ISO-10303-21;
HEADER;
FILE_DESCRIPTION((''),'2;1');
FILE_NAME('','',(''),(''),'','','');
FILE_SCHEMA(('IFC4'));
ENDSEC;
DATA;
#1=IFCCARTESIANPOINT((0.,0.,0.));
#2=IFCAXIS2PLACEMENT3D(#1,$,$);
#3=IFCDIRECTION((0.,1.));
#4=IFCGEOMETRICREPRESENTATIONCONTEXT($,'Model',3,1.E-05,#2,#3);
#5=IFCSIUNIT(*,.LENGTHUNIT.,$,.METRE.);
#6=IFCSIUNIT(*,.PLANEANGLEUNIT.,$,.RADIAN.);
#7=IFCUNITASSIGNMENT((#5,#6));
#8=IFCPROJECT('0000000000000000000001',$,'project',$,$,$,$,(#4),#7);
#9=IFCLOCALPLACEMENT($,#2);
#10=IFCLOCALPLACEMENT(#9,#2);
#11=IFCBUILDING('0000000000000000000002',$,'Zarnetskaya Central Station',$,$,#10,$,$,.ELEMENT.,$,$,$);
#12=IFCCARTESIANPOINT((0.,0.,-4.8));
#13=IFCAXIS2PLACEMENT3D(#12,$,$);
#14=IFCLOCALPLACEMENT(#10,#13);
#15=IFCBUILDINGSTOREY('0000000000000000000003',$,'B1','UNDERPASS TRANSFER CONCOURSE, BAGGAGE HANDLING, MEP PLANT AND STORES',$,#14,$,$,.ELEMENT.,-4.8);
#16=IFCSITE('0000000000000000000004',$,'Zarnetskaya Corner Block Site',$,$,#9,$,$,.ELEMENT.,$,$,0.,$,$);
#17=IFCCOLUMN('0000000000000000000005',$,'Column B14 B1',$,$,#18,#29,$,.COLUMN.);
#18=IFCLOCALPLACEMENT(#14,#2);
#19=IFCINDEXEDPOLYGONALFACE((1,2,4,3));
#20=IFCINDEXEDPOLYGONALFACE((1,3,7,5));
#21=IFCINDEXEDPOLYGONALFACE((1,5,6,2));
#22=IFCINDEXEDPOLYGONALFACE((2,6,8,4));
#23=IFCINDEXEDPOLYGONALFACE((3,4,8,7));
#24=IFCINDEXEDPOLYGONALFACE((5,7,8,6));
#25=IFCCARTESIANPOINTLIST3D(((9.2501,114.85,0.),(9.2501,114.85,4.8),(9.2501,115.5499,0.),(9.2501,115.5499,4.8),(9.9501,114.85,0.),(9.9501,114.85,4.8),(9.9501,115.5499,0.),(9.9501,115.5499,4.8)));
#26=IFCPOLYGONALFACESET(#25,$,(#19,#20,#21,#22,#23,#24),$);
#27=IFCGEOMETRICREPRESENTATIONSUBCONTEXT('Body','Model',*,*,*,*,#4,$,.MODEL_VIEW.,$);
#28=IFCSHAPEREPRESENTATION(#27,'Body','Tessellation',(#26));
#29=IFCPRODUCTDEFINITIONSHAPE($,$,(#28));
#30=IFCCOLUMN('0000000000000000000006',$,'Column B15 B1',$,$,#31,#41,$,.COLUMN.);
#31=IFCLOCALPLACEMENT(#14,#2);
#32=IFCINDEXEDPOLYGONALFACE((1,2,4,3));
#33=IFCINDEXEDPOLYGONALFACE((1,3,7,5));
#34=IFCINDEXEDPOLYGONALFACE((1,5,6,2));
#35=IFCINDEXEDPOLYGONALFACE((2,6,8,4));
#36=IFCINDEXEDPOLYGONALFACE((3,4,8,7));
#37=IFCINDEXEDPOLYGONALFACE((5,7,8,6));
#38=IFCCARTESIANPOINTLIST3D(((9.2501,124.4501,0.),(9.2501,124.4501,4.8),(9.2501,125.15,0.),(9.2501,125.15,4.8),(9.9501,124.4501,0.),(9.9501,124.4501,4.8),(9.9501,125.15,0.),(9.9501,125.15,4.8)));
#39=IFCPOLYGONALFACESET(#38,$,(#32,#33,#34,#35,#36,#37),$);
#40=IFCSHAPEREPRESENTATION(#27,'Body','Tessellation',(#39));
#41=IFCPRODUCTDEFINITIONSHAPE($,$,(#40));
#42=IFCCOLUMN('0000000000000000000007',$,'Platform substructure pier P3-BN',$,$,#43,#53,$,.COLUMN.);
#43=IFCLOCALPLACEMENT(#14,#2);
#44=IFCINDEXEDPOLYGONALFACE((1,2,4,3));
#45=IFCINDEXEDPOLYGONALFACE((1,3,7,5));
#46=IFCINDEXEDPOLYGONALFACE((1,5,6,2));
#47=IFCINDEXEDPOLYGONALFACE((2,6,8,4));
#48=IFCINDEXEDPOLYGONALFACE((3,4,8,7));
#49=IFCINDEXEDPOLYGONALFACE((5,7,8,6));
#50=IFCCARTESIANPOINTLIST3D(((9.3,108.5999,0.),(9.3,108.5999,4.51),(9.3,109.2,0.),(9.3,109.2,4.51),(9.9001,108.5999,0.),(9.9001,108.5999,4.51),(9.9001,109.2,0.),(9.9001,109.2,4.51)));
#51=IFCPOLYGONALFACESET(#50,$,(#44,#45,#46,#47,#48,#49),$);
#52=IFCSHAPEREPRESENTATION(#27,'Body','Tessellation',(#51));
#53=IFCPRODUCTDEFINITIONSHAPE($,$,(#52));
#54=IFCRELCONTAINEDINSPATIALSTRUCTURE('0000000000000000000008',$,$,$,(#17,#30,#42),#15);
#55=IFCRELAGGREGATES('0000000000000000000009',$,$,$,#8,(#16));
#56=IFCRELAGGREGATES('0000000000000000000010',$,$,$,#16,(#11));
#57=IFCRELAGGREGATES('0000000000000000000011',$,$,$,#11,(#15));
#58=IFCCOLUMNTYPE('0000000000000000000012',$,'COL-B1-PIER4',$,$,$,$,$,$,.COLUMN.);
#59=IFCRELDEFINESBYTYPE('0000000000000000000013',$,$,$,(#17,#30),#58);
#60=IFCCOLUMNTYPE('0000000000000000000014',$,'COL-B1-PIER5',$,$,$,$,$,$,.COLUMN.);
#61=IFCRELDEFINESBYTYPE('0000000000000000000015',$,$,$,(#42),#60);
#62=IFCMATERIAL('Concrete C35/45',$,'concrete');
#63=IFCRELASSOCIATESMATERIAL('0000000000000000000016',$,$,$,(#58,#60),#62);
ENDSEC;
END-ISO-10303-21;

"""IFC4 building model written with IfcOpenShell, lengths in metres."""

from ifc_helpers import new_model, si_unit, direction, frame, origin, origin_2d, place, context, subcontext, project, spatial, rectangle, extrude, material, material_profile, profile_set, type_object, element, save


model = new_model("IFC4")

# Units and contexts
model_context = context("Model", 3, precision=1e-05, world=origin(), true_north=direction((0.0, 1.0)))
body_context = subcontext(model_context, "Body", "Model", "MODEL_VIEW")
ifc_project = project(units=[si_unit("LENGTHUNIT", "METRE"), si_unit("PLANEANGLEUNIT", "RADIAN")], contexts=[model_context])

# Site, building, storey
site_placement = place(None, origin())
site = spatial("IfcSite", under=ifc_project, at=site_placement, Name="Zarnetskaya Corner Block Site", CompositionType="ELEMENT", RefElevation=0.0)
building_placement = place(site_placement, origin())
building = spatial("IfcBuilding", under=site, at=building_placement, Name="Zarnetskaya Central Station", CompositionType="ELEMENT")
storey_placement = place(building_placement, frame((0.0, 0.0, -4.8)))
storey = spatial("IfcBuildingStorey", under=building, at=storey_placement, Name="B1", Description="UNDERPASS TRANSFER CONCOURSE, BAGGAGE HANDLING, MEP PLANT AND STORES", CompositionType="ELEMENT", Elevation=-4.8)

# Shared definitions
ifc_material = material(Name="Concrete C35/45", Category="concrete")

# Columns
ifc_material_profile_1 = material_profile(ifc_material, rectangle(XDim=0.7, YDim=0.7, at=origin_2d()), Name="RC 700x700")
ifc_profile_set_1 = profile_set([ifc_material_profile_1], Name="Concrete C35/45")
column_type_1 = type_object("IfcColumnType", Name="COL-B1-PIER4", PredefinedType="COLUMN", material=ifc_profile_set_1)
for number, where, z_axis, x_axis, name in (
    (1, (9.6001, 115.2, 0.0), (0.0, 0.0, 1.0), (1.0, 0.0, 0.0), "Column B14 B1"),
    (2, (9.6001, 124.8, 0.0), (0.0, 0.0, 1.0), (1.0, 0.0, 0.0), "Column B15 B1"),
):
    element("IfcColumn", number, at=place(storey_placement, frame(where, z_axis=z_axis, x_axis=x_axis)), inside=storey, type_object=column_type_1, Name=name, PredefinedType="COLUMN", context=body_context, shape_type="SweptSolid", body=[
        extrude(rectangle(XDim=0.7, YDim=0.7, at=origin_2d()), origin(), (0.0, 0.0, 1.0), 4.8),
    ])
ifc_material_profile_2 = material_profile(ifc_material, rectangle(XDim=0.6001, YDim=0.6001, at=origin_2d()), Name="RC 600x600")
ifc_profile_set_2 = profile_set([ifc_material_profile_2], Name="Concrete C35/45")
column_type_2 = type_object("IfcColumnType", Name="COL-B1-PIER5", PredefinedType="COLUMN", material=ifc_profile_set_2)
column_placement = place(storey_placement, frame((9.6001, 108.8999, 0.0), z_axis=(0.0, 0.0, 1.0), x_axis=(1.0, 0.0, 0.0)))
element("IfcColumn", 3, at=column_placement, inside=storey, type_object=column_type_2, Name="Platform substructure pier P3-BN", PredefinedType="COLUMN", context=body_context, shape_type="SweptSolid", body=[
    extrude(rectangle(XDim=0.6001, YDim=0.6001, at=origin_2d()), origin(), (0.0, 0.0, 1.0), 4.51),
])

save(model, "model.ifc")
